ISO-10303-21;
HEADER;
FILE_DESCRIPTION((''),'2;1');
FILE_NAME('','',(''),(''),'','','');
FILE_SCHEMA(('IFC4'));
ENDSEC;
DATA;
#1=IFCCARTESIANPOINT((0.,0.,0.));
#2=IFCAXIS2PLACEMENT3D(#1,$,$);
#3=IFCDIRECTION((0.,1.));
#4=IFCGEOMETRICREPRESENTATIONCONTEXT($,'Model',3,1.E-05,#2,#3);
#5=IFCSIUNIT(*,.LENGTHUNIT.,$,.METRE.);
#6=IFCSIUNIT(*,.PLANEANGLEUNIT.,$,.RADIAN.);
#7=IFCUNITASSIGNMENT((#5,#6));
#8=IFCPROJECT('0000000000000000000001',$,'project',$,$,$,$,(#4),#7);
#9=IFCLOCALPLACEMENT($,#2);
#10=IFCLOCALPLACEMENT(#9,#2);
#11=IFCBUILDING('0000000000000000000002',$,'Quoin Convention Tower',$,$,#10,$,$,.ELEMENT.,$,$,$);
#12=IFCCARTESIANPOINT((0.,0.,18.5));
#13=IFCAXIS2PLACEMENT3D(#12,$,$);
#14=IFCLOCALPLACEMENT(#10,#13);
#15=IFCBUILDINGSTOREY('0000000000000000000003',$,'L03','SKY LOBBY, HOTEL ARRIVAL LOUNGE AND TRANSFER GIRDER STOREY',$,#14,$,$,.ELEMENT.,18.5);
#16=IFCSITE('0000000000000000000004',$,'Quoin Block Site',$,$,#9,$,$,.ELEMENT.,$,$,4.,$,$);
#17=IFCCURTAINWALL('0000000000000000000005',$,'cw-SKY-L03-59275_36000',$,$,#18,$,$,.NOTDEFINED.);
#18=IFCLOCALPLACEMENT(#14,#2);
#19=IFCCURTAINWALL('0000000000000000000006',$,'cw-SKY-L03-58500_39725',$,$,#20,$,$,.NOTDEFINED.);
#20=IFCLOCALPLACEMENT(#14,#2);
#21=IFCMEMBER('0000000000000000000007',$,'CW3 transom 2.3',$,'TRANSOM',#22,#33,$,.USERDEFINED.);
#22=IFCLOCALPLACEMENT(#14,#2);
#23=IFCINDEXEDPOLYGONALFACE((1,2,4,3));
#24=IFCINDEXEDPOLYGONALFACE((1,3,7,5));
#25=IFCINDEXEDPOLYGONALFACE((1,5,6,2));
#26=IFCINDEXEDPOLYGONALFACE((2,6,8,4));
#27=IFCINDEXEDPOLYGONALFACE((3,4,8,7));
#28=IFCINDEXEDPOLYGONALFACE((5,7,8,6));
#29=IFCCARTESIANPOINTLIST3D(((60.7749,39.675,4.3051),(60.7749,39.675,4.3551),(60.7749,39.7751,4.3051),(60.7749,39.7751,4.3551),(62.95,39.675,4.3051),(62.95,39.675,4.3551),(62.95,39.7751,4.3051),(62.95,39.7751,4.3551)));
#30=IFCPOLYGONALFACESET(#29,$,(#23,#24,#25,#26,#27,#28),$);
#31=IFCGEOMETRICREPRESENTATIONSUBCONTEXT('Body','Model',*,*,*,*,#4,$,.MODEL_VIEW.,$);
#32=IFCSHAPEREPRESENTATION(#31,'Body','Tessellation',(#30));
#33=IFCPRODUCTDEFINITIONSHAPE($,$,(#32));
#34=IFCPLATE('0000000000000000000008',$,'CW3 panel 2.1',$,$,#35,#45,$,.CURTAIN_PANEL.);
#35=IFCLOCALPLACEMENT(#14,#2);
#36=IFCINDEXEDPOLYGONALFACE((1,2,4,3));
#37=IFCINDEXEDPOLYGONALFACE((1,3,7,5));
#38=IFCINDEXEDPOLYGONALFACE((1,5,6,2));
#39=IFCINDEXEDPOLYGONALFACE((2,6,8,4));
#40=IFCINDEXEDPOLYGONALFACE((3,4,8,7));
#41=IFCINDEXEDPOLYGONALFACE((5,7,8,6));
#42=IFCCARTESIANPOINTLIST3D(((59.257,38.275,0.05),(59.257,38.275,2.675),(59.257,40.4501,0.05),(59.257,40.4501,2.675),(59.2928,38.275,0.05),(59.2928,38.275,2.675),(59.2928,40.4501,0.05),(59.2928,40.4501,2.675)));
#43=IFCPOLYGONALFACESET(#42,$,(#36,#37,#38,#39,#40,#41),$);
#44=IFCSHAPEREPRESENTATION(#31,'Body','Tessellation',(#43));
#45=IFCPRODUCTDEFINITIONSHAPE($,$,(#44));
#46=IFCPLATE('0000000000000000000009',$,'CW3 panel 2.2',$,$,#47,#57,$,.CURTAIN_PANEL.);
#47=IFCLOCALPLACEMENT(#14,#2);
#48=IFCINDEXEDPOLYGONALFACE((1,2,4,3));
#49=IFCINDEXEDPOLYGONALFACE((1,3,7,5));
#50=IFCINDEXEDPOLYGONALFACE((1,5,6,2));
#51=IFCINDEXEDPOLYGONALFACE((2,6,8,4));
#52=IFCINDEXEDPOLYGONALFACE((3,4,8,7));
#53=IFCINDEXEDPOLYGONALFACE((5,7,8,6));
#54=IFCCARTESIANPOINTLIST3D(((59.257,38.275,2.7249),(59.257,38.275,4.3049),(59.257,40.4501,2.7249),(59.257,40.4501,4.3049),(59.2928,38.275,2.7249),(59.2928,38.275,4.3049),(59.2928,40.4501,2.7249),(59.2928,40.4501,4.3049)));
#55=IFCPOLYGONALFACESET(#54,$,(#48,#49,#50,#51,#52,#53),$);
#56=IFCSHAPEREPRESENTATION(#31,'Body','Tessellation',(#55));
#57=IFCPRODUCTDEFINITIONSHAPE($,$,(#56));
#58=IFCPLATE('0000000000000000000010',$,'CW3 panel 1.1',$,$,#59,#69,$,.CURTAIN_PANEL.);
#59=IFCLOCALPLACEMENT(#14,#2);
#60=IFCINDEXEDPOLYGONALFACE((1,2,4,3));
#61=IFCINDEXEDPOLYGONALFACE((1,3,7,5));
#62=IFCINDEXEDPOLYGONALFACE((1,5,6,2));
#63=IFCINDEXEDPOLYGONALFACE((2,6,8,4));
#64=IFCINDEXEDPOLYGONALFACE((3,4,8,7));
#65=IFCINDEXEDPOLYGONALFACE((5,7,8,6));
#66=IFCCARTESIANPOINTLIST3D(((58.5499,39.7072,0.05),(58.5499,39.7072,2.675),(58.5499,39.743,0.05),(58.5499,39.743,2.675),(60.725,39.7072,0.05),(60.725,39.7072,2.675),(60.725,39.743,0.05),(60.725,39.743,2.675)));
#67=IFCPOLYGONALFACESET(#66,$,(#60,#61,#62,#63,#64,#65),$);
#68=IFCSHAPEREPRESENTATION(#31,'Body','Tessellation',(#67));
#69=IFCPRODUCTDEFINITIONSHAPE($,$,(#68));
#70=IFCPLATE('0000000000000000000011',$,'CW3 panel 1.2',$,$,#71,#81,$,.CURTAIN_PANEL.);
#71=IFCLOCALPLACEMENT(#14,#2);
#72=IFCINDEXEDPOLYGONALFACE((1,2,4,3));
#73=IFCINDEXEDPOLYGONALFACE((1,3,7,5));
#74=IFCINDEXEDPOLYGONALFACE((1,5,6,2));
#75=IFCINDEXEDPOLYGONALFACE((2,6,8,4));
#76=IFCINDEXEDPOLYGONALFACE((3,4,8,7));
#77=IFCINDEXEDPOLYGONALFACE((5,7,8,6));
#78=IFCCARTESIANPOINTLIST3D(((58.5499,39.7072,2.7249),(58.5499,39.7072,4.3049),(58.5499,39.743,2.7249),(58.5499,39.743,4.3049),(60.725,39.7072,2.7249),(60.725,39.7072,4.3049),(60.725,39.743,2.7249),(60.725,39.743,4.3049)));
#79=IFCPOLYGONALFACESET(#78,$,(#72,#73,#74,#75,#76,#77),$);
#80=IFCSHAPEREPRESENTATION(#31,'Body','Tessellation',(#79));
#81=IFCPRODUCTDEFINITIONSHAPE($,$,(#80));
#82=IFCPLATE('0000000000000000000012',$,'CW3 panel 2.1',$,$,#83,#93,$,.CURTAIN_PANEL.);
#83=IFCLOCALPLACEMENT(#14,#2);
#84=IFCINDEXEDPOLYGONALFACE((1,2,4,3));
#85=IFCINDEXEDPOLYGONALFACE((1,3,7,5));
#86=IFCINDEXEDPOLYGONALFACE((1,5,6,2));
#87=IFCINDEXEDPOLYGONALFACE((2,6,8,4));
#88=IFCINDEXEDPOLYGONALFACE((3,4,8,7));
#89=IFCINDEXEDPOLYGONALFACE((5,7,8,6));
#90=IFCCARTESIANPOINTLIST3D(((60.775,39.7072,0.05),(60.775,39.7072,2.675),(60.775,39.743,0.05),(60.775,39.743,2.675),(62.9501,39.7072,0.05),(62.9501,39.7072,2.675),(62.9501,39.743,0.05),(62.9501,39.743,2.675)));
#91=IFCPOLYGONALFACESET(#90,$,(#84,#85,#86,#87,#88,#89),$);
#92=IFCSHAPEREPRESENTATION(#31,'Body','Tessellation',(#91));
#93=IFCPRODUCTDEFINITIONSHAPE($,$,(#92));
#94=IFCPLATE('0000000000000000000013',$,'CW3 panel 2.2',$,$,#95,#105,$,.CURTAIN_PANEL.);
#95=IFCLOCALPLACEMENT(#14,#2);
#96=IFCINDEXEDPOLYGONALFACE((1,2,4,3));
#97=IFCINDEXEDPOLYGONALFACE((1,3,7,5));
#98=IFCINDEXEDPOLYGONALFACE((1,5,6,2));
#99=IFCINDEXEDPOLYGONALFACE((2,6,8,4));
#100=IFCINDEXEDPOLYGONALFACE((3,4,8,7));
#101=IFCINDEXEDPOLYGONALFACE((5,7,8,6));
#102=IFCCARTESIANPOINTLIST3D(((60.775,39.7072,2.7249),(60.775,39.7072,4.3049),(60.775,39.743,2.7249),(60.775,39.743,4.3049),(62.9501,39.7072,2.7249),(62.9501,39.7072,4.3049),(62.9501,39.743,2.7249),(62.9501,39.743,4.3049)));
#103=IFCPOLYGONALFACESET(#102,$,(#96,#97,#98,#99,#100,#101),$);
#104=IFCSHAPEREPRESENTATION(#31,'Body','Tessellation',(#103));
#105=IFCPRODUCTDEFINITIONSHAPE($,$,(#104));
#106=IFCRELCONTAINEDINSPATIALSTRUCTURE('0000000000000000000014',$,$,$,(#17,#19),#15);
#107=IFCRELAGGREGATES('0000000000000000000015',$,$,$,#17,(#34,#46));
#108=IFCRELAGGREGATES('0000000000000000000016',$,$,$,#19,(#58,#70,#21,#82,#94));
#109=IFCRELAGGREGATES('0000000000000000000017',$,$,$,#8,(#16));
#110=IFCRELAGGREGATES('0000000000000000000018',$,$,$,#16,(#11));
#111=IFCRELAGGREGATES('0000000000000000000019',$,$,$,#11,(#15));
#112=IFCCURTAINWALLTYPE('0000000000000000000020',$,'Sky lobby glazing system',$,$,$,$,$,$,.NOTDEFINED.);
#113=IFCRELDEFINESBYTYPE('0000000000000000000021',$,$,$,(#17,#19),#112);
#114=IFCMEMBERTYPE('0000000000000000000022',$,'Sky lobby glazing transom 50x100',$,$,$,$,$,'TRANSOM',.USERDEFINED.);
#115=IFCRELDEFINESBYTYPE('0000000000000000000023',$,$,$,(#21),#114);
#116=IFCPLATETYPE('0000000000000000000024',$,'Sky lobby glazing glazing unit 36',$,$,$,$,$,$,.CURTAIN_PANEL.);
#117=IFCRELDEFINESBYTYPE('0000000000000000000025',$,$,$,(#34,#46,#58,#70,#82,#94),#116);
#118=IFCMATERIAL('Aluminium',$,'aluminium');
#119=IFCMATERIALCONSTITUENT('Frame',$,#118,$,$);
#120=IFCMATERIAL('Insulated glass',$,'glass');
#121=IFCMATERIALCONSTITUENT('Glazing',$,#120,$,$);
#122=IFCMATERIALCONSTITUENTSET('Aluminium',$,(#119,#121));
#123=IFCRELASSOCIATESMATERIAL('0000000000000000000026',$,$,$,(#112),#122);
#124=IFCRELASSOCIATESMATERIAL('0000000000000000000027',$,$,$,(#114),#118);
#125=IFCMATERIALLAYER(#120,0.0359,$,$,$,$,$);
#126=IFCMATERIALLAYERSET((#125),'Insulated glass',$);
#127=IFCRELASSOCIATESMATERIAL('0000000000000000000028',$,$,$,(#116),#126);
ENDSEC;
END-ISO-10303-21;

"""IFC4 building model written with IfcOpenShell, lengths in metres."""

from ifc_helpers import new_model, si_unit, direction, frame, origin, origin_2d, place, context, subcontext, project, spatial, rectangle, extrude, material, layer, layer_set, constituent, constituent_set, material_profile, profile_set, type_object, element, aggregate, save


model = new_model("IFC4")

# Units and contexts
model_context = context("Model", 3, precision=1e-05, world=origin(), true_north=direction((0.0, 1.0)))
body_context = subcontext(model_context, "Body", "Model", "MODEL_VIEW")
ifc_project = project(units=[si_unit("LENGTHUNIT", "METRE"), si_unit("PLANEANGLEUNIT", "RADIAN")], contexts=[model_context])

# Site, building, storey
site_placement = place(None, origin())
site = spatial("IfcSite", under=ifc_project, at=site_placement, Name="Quoin Block Site", CompositionType="ELEMENT", RefElevation=4.0)
building_placement = place(site_placement, origin())
building = spatial("IfcBuilding", under=site, at=building_placement, Name="Quoin Convention Tower", CompositionType="ELEMENT")
storey_placement = place(building_placement, frame((0.0, 0.0, 18.5)))
storey = spatial("IfcBuildingStorey", under=building, at=storey_placement, Name="L03", Description="SKY LOBBY, HOTEL ARRIVAL LOUNGE AND TRANSFER GIRDER STOREY", CompositionType="ELEMENT", Elevation=18.5)

# Curtain wall
ifc_material_1 = material(Name="Aluminium", Category="aluminium")
ifc_constituent_1 = constituent(ifc_material_1, Name="Frame")
ifc_material_2 = material(Name="Insulated glass", Category="glass")
ifc_constituent_2 = constituent(ifc_material_2, Name="Glazing")
ifc_constituent_set_1 = constituent_set(constituents=[ifc_constituent_1, ifc_constituent_2], Name="Aluminium")
curtain_wall_type = type_object("IfcCurtainWallType", Name="Sky lobby glazing system", PredefinedType="NOTDEFINED", material=ifc_constituent_set_1)
curtain_wall_1_placement = place(storey_placement, origin())
curtain_wall_1 = element("IfcCurtainWall", 1, at=curtain_wall_1_placement, inside=storey, type_object=curtain_wall_type, Name="cw-SKY-L03-59275_36000", PredefinedType="NOTDEFINED")

# Curtain wall
curtain_wall_2_placement = place(storey_placement, origin())
curtain_wall_2 = element("IfcCurtainWall", 2, at=curtain_wall_2_placement, inside=storey, type_object=curtain_wall_type, Name="cw-SKY-L03-58500_39725", PredefinedType="NOTDEFINED")

# Member
ifc_material_profile_1 = material_profile(ifc_material_1, rectangle(XDim=0.1001, YDim=0.05, at=origin_2d()), Name="Sky lobby glazing transom 50x100")
ifc_profile_set_1 = profile_set([ifc_material_profile_1], Name="Aluminium")
member_type_1 = type_object("IfcMemberType", Name="Sky lobby glazing transom 50x100", ElementType="TRANSOM", PredefinedType="USERDEFINED", material=ifc_profile_set_1)
member_1_placement = place(storey_placement, frame((60.7749, 39.7251, 4.3301), z_axis=(1.0, 0.0, 0.0), x_axis=(0.0, 1.0, 0.0)))
member_1 = element("IfcMember", 3, at=member_1_placement, type_object=member_type_1, Name="CW3 transom 2.3", ObjectType="TRANSOM", PredefinedType="USERDEFINED", context=body_context, shape_type="SweptSolid", body=[
    extrude(rectangle(XDim=0.1001, YDim=0.05, at=origin_2d()), origin(), (0.0, 0.0, 1.0), 2.175),
])

# Plates
ifc_layer_1 = layer(ifc_material_2, 0.0359)
ifc_layer_set_1 = layer_set([ifc_layer_1], Name="Insulated glass")
plate_type = type_object("IfcPlateType", Name="Sky lobby glazing glazing unit 36", PredefinedType="CURTAIN_PANEL", material=ifc_layer_set_1)
plate_1_placement = place(storey_placement, frame((59.2749, 39.3625, 0.05), z_axis=(0.0, 0.0, 1.0), x_axis=(0.0, 1.0, 0.0)))
plate_1 = element("IfcPlate", 4, at=plate_1_placement, type_object=plate_type, Name="CW3 panel 2.1", PredefinedType="CURTAIN_PANEL", context=body_context, shape_type="SweptSolid", body=[
    extrude(rectangle(XDim=2.175, YDim=0.0359, at=origin_2d()), origin(), (0.0, 0.0, 1.0), 2.625),
])
plate_2_placement = place(storey_placement, frame((59.2749, 39.3625, 2.7249), z_axis=(0.0, 0.0, 1.0), x_axis=(0.0, 1.0, 0.0)))
plate_2 = element("IfcPlate", 5, at=plate_2_placement, type_object=plate_type, Name="CW3 panel 2.2", PredefinedType="CURTAIN_PANEL", context=body_context, shape_type="SweptSolid", body=[
    extrude(rectangle(XDim=2.175, YDim=0.0359, at=origin_2d()), origin(), (0.0, 0.0, 1.0), 1.5801),
])
aggregate(curtain_wall_1, [plate_1, plate_2])
plate_3_placement = place(storey_placement, frame((59.6375, 39.7251, 0.05), z_axis=(0.0, 0.0, 1.0), x_axis=(1.0, 0.0, 0.0)))
plate_3 = element("IfcPlate", 6, at=plate_3_placement, type_object=plate_type, Name="CW3 panel 1.1", PredefinedType="CURTAIN_PANEL", context=body_context, shape_type="SweptSolid", body=[
    extrude(rectangle(XDim=2.175, YDim=0.0359, at=origin_2d()), origin(), (0.0, 0.0, 1.0), 2.625),
])
plate_4_placement = place(storey_placement, frame((59.6375, 39.7251, 2.7249), z_axis=(0.0, 0.0, 1.0), x_axis=(1.0, 0.0, 0.0)))
plate_4 = element("IfcPlate", 7, at=plate_4_placement, type_object=plate_type, Name="CW3 panel 1.2", PredefinedType="CURTAIN_PANEL", context=body_context, shape_type="SweptSolid", body=[
    extrude(rectangle(XDim=2.175, YDim=0.0359, at=origin_2d()), origin(), (0.0, 0.0, 1.0), 1.5801),
])
plate_5_placement = place(storey_placement, frame((61.8625, 39.7251, 0.05), z_axis=(0.0, 0.0, 1.0), x_axis=(1.0, 0.0, 0.0)))
plate_5 = element("IfcPlate", 8, at=plate_5_placement, type_object=plate_type, Name="CW3 panel 2.1", PredefinedType="CURTAIN_PANEL", context=body_context, shape_type="SweptSolid", body=[
    extrude(rectangle(XDim=2.175, YDim=0.0359, at=origin_2d()), origin(), (0.0, 0.0, 1.0), 2.625),
])
plate_6_placement = place(storey_placement, frame((61.8625, 39.7251, 2.7249), z_axis=(0.0, 0.0, 1.0), x_axis=(1.0, 0.0, 0.0)))
plate_6 = element("IfcPlate", 9, at=plate_6_placement, type_object=plate_type, Name="CW3 panel 2.2", PredefinedType="CURTAIN_PANEL", context=body_context, shape_type="SweptSolid", body=[
    extrude(rectangle(XDim=2.175, YDim=0.0359, at=origin_2d()), origin(), (0.0, 0.0, 1.0), 1.5801),
])
aggregate(curtain_wall_2, [plate_3, plate_4, member_1, plate_5, plate_6])

save(model, "model.ifc")
